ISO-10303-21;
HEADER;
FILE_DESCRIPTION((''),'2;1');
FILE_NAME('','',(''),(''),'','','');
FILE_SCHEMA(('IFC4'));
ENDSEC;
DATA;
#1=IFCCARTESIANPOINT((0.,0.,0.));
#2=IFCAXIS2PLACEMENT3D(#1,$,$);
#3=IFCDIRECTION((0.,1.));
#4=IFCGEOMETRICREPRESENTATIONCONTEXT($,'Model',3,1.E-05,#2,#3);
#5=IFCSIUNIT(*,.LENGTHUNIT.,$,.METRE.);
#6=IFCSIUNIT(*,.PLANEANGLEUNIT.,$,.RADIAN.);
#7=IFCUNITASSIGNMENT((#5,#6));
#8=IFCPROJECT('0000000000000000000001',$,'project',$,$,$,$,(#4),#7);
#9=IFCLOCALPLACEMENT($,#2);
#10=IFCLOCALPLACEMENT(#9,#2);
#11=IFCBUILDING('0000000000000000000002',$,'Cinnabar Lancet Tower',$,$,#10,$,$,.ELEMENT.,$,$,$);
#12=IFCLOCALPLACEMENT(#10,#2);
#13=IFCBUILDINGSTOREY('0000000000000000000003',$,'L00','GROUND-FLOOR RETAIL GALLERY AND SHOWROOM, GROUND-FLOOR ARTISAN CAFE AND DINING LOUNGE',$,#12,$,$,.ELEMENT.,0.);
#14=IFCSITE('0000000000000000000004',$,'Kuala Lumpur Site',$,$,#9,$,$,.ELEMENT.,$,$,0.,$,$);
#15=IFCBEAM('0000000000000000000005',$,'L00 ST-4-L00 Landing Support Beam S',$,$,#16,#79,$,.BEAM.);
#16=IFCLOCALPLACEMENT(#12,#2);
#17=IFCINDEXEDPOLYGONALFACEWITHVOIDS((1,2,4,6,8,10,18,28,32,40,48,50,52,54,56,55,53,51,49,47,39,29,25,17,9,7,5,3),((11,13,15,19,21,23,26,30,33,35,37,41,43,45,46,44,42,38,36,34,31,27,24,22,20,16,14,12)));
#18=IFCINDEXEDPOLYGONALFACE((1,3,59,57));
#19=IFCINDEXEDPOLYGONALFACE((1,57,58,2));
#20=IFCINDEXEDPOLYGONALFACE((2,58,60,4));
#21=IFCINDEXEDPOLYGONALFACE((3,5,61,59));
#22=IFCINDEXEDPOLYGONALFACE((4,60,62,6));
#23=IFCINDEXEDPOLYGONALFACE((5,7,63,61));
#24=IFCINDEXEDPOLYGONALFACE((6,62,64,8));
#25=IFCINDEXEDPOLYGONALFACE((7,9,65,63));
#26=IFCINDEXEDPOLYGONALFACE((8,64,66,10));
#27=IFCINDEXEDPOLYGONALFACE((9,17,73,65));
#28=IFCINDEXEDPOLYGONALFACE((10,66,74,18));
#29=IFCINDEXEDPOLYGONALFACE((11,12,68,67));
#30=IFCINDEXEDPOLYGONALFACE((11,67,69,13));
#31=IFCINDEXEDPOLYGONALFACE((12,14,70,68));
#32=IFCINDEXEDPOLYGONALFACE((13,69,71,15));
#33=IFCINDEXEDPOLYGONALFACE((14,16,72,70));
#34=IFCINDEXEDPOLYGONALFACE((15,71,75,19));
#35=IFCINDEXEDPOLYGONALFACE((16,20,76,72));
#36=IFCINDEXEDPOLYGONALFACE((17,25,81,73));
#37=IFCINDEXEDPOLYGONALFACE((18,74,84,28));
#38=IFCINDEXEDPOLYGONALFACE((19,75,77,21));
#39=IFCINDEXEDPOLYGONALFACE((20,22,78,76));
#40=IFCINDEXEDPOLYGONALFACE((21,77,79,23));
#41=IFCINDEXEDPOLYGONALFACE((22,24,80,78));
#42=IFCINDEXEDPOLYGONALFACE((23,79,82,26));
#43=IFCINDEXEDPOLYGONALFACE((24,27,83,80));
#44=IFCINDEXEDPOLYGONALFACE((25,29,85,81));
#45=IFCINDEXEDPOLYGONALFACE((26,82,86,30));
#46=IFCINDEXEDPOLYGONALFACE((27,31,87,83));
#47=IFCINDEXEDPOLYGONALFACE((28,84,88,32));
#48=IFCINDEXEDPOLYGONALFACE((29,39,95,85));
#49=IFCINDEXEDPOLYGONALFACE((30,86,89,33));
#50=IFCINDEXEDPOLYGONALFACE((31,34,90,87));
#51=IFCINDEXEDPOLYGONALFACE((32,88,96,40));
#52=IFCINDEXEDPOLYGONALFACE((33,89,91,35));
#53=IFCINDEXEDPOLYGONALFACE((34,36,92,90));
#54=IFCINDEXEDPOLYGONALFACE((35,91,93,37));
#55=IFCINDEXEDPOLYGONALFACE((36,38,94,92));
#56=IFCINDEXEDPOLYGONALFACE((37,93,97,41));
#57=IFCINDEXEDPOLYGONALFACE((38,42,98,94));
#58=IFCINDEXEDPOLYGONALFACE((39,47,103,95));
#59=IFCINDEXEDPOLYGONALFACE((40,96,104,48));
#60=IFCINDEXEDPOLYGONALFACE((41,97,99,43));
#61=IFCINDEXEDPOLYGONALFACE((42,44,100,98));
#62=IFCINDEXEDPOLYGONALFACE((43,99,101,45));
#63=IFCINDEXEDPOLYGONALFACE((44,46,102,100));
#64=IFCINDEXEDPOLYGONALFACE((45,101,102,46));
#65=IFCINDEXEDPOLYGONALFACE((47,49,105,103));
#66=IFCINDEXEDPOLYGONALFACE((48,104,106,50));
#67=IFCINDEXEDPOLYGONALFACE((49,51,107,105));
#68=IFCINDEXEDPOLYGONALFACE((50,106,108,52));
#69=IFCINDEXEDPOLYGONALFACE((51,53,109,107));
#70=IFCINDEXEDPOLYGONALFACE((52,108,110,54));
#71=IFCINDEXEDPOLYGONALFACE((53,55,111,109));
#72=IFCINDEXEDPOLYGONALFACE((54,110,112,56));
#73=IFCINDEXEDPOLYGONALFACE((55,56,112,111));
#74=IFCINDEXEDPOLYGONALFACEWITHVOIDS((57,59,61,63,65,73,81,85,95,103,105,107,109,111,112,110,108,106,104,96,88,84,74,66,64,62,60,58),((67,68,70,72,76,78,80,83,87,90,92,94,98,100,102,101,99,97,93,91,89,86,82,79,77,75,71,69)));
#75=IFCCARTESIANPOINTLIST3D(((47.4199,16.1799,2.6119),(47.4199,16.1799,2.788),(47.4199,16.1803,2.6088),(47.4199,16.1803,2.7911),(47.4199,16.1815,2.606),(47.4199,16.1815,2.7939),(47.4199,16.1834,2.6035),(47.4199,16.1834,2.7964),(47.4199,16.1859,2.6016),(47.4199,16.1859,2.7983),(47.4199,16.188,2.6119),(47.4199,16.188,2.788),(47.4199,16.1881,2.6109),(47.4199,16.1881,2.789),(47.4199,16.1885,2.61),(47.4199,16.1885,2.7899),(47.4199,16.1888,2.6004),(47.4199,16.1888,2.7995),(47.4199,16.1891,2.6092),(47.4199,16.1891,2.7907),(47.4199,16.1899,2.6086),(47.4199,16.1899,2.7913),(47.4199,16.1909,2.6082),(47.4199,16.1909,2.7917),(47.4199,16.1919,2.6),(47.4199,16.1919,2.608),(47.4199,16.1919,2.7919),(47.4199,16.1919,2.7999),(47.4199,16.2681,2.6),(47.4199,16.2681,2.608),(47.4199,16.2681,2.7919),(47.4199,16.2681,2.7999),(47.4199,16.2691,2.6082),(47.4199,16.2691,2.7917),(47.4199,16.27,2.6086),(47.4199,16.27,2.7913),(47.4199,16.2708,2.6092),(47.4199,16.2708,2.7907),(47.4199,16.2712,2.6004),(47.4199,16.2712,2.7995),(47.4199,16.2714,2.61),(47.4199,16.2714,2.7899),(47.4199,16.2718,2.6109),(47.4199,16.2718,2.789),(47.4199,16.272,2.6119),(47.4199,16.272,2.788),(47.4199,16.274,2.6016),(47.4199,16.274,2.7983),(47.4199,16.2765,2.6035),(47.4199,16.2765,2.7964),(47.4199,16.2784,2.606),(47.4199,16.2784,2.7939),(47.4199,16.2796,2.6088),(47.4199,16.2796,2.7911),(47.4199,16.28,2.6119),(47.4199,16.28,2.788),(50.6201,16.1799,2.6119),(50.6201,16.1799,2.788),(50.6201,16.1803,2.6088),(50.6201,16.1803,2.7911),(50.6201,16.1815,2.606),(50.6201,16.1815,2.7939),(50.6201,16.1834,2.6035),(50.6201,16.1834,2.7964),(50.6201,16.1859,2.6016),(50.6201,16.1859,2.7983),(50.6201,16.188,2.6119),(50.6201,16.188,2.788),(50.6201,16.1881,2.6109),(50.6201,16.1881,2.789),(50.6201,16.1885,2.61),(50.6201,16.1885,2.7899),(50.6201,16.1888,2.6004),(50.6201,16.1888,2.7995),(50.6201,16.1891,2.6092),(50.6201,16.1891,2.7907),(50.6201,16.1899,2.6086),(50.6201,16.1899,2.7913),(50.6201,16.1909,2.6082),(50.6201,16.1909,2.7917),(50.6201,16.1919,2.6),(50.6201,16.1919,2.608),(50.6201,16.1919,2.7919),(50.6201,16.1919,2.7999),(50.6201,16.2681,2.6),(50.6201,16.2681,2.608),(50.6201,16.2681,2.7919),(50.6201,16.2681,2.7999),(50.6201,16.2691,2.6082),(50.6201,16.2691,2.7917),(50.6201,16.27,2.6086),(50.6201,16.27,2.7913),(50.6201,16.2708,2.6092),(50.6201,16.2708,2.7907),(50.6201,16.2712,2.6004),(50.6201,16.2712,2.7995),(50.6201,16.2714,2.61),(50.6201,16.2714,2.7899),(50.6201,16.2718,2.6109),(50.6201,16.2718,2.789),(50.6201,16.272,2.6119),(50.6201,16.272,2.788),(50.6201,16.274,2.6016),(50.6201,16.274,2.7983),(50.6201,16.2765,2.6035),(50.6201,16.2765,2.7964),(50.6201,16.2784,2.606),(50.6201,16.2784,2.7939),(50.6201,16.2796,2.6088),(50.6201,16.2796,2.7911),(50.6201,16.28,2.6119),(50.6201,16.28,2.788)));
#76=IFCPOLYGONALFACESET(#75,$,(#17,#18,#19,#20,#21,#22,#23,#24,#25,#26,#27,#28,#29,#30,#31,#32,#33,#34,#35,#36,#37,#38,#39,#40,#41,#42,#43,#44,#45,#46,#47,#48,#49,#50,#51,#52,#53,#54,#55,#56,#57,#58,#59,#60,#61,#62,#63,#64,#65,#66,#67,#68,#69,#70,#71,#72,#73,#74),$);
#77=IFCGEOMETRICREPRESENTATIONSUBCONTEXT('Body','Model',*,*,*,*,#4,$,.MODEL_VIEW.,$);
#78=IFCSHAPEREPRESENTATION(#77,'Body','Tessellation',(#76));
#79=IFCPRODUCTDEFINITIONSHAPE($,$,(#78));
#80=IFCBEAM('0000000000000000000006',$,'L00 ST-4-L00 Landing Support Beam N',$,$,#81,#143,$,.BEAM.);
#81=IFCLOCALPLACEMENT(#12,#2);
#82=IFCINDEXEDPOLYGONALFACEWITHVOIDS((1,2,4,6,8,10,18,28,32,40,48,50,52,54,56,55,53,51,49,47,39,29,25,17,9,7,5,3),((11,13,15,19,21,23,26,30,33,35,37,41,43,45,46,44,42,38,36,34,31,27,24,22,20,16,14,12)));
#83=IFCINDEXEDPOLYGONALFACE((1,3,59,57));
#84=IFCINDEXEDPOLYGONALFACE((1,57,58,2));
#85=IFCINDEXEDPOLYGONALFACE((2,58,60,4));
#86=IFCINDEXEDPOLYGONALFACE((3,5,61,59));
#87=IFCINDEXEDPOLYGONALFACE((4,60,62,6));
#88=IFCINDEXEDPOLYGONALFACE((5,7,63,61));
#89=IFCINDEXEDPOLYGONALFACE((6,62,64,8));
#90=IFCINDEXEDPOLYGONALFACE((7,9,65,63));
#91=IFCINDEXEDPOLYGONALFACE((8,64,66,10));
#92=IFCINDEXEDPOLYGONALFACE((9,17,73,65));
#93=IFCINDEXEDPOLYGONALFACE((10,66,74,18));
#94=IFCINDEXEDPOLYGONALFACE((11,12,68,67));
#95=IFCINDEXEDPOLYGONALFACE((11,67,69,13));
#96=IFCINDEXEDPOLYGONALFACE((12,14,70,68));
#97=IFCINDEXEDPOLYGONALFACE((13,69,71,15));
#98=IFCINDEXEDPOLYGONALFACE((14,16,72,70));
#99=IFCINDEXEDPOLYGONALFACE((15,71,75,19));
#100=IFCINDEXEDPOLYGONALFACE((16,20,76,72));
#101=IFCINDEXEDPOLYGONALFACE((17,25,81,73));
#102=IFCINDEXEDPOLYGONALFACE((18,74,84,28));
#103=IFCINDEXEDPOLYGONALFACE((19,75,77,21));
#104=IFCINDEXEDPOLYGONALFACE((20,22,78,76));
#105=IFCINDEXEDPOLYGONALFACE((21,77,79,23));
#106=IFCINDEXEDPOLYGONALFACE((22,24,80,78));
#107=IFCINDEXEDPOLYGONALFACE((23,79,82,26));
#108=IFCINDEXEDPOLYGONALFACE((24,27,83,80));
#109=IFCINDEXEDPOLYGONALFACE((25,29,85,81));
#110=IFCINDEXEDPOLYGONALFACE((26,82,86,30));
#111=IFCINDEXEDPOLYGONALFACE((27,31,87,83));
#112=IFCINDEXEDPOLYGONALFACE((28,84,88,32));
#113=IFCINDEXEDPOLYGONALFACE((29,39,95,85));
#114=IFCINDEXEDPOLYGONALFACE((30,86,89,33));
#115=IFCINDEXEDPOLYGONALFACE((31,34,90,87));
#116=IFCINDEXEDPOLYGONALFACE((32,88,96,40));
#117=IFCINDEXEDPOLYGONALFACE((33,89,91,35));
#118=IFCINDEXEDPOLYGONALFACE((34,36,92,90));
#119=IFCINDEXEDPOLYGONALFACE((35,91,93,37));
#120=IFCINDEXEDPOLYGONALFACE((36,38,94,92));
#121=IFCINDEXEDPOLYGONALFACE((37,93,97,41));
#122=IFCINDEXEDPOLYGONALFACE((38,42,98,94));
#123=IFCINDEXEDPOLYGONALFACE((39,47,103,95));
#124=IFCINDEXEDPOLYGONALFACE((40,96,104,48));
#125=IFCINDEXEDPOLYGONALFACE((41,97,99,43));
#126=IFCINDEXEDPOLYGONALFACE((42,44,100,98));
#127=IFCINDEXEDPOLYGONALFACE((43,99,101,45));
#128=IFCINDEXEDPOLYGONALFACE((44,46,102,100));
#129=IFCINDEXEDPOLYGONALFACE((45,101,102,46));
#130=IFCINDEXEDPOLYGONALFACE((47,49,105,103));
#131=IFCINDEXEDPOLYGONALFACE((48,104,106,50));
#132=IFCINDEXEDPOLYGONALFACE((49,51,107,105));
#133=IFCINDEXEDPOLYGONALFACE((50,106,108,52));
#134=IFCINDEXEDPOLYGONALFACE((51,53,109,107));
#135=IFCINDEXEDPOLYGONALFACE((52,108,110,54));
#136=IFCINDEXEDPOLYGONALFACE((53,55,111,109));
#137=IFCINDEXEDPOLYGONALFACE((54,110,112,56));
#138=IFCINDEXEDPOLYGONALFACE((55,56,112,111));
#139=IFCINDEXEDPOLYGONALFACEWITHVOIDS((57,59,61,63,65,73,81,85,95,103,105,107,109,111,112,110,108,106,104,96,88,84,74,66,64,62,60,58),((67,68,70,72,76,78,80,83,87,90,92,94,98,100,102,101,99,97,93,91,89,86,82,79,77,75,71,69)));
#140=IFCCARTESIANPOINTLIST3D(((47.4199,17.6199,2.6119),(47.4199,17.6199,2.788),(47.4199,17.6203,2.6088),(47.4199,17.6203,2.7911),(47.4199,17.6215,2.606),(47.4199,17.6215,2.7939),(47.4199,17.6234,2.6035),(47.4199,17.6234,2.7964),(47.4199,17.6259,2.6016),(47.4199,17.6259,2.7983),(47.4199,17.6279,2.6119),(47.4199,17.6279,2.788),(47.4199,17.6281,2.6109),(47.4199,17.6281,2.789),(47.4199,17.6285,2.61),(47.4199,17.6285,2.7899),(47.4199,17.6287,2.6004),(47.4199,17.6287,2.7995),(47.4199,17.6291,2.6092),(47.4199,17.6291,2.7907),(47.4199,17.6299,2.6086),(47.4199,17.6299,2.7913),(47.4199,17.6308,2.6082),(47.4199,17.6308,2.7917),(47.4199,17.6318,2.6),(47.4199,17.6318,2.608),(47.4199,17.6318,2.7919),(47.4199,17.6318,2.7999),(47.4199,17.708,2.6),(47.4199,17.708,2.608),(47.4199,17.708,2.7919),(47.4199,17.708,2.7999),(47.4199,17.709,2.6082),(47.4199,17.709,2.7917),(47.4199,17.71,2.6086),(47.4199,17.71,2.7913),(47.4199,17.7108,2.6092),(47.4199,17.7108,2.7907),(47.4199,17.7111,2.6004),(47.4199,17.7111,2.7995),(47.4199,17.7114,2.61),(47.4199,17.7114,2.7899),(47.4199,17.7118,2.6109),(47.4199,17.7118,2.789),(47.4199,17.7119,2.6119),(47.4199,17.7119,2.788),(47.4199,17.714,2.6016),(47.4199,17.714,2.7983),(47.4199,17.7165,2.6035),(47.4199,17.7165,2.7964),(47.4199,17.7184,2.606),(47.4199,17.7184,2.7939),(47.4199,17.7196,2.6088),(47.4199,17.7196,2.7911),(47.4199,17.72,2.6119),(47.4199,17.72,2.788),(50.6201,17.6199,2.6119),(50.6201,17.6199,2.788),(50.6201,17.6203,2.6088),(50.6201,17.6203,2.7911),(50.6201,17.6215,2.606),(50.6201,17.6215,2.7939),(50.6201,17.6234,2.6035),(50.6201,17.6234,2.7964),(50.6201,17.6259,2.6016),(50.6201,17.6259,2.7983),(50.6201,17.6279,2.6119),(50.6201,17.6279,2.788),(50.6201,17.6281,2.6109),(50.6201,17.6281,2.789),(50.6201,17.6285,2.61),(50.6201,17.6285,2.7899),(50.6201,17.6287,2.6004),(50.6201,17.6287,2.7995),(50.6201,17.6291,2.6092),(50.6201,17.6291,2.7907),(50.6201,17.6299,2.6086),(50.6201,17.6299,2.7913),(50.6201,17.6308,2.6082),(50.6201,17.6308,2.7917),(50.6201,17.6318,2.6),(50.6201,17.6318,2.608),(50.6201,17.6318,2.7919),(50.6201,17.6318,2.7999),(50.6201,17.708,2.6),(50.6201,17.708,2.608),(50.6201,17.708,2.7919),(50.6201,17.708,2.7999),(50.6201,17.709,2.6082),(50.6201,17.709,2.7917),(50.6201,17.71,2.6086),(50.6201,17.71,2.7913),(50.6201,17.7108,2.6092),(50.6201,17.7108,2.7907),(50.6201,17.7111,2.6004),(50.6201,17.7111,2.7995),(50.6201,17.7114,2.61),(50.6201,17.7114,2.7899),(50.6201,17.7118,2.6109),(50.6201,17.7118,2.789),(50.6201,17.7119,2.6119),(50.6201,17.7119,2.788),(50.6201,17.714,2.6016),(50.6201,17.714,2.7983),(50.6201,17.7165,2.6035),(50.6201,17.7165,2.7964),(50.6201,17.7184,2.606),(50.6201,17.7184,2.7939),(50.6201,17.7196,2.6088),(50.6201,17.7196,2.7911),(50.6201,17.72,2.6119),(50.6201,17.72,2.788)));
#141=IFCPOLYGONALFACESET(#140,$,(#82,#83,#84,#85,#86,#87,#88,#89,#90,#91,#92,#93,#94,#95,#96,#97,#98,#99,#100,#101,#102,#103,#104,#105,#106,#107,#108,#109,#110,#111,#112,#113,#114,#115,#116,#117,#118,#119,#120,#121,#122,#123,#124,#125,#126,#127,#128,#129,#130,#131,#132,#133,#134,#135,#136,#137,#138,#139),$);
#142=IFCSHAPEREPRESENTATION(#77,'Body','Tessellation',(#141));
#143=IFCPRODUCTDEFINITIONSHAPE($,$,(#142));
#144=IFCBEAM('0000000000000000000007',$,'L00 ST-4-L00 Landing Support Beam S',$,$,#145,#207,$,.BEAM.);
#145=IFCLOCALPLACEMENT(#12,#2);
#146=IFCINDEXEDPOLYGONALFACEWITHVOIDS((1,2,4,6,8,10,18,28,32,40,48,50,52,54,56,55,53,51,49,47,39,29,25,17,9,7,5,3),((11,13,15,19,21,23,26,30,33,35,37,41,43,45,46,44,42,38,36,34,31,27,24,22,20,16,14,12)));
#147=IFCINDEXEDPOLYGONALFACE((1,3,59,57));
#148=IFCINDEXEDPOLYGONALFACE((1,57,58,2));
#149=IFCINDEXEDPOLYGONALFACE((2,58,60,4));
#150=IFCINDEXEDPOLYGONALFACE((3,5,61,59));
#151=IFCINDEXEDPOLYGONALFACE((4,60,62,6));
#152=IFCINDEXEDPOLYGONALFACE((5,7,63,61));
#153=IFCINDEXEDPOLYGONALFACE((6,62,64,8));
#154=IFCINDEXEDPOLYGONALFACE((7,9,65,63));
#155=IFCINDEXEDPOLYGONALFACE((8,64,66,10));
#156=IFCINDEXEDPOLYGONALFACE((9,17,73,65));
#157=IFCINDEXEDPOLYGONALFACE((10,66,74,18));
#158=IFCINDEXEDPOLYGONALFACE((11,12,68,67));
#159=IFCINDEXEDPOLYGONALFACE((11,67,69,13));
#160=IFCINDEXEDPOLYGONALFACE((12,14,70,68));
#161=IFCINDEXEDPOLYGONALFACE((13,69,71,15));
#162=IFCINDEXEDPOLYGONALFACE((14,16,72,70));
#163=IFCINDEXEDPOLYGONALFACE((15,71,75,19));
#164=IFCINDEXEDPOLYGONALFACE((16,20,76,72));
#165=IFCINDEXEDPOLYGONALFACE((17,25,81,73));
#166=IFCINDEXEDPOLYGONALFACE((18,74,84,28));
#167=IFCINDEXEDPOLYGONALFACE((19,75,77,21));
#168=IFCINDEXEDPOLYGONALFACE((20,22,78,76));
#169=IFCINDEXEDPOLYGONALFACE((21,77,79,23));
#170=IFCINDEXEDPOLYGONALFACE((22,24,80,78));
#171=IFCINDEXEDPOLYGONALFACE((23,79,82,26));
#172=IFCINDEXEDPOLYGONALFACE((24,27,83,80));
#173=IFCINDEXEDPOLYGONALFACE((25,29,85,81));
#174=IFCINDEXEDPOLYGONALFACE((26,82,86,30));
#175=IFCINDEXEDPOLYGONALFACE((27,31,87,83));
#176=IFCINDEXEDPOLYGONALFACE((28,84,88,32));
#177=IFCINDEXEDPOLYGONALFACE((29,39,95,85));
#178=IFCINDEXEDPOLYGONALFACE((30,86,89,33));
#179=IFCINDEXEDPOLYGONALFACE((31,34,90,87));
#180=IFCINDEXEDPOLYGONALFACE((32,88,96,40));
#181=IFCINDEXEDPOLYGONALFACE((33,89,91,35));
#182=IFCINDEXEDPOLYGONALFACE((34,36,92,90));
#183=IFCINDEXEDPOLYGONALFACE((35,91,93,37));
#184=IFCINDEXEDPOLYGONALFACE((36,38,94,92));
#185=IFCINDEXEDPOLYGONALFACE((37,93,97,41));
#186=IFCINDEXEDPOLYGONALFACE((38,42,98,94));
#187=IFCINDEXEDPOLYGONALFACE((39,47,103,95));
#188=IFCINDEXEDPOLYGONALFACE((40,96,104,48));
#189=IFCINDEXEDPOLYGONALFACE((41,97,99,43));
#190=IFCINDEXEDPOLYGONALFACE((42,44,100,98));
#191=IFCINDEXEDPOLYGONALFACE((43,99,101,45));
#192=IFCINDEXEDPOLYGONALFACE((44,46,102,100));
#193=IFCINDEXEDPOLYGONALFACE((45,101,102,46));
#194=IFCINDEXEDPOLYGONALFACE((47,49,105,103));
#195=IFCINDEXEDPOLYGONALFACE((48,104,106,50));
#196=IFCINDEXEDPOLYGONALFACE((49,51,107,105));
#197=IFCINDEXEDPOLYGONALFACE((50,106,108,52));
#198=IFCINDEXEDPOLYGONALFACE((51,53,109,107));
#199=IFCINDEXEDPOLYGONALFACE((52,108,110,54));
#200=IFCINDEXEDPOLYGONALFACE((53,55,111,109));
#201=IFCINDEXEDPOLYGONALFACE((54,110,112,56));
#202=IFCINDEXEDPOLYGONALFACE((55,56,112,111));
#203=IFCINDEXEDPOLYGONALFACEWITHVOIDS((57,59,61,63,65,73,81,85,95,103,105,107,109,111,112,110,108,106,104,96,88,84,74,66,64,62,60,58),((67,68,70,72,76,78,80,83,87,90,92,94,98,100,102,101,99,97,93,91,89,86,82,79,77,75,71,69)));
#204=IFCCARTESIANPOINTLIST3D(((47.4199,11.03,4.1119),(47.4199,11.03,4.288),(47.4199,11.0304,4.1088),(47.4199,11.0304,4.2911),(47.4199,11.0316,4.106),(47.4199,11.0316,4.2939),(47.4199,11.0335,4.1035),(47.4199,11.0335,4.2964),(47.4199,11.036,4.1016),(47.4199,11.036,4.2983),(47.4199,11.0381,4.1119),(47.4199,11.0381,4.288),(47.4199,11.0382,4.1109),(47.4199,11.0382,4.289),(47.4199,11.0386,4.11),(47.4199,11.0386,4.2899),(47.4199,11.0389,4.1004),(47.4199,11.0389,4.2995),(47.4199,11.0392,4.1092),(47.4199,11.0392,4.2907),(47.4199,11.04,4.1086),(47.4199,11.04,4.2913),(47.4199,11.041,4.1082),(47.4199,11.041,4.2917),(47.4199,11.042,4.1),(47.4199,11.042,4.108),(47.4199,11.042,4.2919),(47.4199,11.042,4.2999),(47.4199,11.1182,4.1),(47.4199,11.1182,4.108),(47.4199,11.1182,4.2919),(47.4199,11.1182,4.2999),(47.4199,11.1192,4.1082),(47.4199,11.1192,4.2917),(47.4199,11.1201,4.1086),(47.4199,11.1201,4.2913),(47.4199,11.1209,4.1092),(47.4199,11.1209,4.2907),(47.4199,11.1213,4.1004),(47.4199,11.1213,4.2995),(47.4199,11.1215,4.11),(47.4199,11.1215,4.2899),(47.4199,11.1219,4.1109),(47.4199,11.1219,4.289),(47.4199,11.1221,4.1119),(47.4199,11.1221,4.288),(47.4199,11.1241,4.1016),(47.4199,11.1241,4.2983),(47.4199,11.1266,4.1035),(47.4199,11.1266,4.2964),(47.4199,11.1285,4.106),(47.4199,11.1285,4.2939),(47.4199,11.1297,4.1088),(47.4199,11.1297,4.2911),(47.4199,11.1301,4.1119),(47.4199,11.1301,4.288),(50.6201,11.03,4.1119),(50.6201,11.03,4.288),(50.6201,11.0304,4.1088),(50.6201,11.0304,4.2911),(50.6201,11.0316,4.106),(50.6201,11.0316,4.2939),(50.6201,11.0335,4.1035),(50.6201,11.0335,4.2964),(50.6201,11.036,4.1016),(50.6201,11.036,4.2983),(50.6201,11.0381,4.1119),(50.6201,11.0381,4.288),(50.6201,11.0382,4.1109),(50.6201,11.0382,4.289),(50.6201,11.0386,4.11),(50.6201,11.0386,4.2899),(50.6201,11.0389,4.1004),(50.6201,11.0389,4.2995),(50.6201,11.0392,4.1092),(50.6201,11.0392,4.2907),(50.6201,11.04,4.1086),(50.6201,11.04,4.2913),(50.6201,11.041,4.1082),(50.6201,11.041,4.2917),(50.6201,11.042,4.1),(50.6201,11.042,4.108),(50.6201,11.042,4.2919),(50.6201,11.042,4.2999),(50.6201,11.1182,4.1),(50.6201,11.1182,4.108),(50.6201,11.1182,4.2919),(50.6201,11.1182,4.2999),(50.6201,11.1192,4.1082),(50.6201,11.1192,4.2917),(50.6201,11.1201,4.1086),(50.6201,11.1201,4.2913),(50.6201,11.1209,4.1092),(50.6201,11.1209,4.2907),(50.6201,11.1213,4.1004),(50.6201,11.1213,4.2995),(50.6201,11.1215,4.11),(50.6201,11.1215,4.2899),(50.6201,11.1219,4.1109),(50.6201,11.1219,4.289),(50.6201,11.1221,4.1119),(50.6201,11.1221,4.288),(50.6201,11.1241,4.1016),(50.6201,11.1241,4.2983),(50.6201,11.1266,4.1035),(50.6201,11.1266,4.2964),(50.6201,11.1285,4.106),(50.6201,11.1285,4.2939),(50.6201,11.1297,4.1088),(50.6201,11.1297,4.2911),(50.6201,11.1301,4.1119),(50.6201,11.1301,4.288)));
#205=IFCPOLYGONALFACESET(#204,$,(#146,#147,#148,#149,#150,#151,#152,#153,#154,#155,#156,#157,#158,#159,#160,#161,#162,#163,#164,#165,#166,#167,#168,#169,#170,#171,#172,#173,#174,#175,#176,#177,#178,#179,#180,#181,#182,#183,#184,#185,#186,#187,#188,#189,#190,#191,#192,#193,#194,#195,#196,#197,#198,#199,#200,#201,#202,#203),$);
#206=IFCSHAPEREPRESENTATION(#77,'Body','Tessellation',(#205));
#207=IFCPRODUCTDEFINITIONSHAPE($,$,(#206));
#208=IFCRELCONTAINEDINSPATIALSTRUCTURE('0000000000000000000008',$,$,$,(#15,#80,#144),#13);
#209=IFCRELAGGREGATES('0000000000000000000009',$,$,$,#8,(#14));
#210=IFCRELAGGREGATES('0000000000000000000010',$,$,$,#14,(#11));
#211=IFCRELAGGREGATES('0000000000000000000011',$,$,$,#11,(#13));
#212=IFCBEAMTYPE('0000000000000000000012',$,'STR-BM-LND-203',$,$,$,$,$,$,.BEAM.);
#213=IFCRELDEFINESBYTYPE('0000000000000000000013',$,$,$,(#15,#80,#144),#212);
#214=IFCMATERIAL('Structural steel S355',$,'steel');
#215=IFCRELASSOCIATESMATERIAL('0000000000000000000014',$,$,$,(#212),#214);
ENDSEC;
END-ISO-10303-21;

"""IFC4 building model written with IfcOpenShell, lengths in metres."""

from ifc_helpers import new_model, si_unit, direction, frame, origin, origin_2d, place, context, subcontext, project, spatial, hollow_rectangle, extrude, material, material_profile, profile_set, type_object, element, save


model = new_model("IFC4")

# Units and contexts
model_context = context("Model", 3, precision=1e-05, world=origin(), true_north=direction((0.0, 1.0)))
body_context = subcontext(model_context, "Body", "Model", "MODEL_VIEW")
ifc_project = project(units=[si_unit("LENGTHUNIT", "METRE"), si_unit("PLANEANGLEUNIT", "RADIAN")], contexts=[model_context])

# Site, building, storey
site_placement = place(None, origin())
site = spatial("IfcSite", under=ifc_project, at=site_placement, Name="Kuala Lumpur Site", CompositionType="ELEMENT", RefElevation=0.0)
building_placement = place(site_placement, origin())
building = spatial("IfcBuilding", under=site, at=building_placement, Name="Cinnabar Lancet Tower", CompositionType="ELEMENT")
storey_placement = place(building_placement, origin())
storey = spatial("IfcBuildingStorey", under=building, at=storey_placement, Name="L00", Description="GROUND-FLOOR RETAIL GALLERY AND SHOWROOM, GROUND-FLOOR ARTISAN CAFE AND DINING LOUNGE", CompositionType="ELEMENT", Elevation=0.0)

# Beams
ifc_material_1 = material(Name="Structural steel S355", Category="steel")
ifc_material_profile_1 = material_profile(ifc_material_1, hollow_rectangle(XDim=0.1001, YDim=0.2, WallThickness=0.0081, InnerFilletRadius=0.0039, OuterFilletRadius=0.012, at=origin_2d()), Name="RHS 200x100x8")
ifc_profile_set_1 = profile_set([ifc_material_profile_1], Name="Structural steel S355")
beam_type_1 = type_object("IfcBeamType", Name="STR-BM-LND-203", PredefinedType="BEAM", material=ifc_profile_set_1)
for number, where, z_axis, x_axis, name in (
    (1, (47.4199, 16.23, 2.7), (1.0, 0.0, 0.0), (0.0, 1.0, 0.0), "L00 ST-4-L00 Landing Support Beam S"),
    (2, (47.4199, 17.6699, 2.7), (1.0, 0.0, 0.0), (0.0, 1.0, 0.0), "L00 ST-4-L00 Landing Support Beam N"),
    (3, (47.4199, 11.0801, 4.2), (1.0, 0.0, 0.0), (0.0, 1.0, 0.0), "L00 ST-4-L00 Landing Support Beam S"),
):
    element("IfcBeam", number, at=place(storey_placement, frame(where, z_axis=z_axis, x_axis=x_axis)), inside=storey, type_object=beam_type_1, Name=name, PredefinedType="BEAM", context=body_context, shape_type="SweptSolid", body=[
        extrude(hollow_rectangle(XDim=0.1001, YDim=0.2, WallThickness=0.0081, InnerFilletRadius=0.0039, OuterFilletRadius=0.012, at=origin_2d()), origin(), (0.0, 0.0, 1.0), 3.2002),
    ])

save(model, "model.ifc")
